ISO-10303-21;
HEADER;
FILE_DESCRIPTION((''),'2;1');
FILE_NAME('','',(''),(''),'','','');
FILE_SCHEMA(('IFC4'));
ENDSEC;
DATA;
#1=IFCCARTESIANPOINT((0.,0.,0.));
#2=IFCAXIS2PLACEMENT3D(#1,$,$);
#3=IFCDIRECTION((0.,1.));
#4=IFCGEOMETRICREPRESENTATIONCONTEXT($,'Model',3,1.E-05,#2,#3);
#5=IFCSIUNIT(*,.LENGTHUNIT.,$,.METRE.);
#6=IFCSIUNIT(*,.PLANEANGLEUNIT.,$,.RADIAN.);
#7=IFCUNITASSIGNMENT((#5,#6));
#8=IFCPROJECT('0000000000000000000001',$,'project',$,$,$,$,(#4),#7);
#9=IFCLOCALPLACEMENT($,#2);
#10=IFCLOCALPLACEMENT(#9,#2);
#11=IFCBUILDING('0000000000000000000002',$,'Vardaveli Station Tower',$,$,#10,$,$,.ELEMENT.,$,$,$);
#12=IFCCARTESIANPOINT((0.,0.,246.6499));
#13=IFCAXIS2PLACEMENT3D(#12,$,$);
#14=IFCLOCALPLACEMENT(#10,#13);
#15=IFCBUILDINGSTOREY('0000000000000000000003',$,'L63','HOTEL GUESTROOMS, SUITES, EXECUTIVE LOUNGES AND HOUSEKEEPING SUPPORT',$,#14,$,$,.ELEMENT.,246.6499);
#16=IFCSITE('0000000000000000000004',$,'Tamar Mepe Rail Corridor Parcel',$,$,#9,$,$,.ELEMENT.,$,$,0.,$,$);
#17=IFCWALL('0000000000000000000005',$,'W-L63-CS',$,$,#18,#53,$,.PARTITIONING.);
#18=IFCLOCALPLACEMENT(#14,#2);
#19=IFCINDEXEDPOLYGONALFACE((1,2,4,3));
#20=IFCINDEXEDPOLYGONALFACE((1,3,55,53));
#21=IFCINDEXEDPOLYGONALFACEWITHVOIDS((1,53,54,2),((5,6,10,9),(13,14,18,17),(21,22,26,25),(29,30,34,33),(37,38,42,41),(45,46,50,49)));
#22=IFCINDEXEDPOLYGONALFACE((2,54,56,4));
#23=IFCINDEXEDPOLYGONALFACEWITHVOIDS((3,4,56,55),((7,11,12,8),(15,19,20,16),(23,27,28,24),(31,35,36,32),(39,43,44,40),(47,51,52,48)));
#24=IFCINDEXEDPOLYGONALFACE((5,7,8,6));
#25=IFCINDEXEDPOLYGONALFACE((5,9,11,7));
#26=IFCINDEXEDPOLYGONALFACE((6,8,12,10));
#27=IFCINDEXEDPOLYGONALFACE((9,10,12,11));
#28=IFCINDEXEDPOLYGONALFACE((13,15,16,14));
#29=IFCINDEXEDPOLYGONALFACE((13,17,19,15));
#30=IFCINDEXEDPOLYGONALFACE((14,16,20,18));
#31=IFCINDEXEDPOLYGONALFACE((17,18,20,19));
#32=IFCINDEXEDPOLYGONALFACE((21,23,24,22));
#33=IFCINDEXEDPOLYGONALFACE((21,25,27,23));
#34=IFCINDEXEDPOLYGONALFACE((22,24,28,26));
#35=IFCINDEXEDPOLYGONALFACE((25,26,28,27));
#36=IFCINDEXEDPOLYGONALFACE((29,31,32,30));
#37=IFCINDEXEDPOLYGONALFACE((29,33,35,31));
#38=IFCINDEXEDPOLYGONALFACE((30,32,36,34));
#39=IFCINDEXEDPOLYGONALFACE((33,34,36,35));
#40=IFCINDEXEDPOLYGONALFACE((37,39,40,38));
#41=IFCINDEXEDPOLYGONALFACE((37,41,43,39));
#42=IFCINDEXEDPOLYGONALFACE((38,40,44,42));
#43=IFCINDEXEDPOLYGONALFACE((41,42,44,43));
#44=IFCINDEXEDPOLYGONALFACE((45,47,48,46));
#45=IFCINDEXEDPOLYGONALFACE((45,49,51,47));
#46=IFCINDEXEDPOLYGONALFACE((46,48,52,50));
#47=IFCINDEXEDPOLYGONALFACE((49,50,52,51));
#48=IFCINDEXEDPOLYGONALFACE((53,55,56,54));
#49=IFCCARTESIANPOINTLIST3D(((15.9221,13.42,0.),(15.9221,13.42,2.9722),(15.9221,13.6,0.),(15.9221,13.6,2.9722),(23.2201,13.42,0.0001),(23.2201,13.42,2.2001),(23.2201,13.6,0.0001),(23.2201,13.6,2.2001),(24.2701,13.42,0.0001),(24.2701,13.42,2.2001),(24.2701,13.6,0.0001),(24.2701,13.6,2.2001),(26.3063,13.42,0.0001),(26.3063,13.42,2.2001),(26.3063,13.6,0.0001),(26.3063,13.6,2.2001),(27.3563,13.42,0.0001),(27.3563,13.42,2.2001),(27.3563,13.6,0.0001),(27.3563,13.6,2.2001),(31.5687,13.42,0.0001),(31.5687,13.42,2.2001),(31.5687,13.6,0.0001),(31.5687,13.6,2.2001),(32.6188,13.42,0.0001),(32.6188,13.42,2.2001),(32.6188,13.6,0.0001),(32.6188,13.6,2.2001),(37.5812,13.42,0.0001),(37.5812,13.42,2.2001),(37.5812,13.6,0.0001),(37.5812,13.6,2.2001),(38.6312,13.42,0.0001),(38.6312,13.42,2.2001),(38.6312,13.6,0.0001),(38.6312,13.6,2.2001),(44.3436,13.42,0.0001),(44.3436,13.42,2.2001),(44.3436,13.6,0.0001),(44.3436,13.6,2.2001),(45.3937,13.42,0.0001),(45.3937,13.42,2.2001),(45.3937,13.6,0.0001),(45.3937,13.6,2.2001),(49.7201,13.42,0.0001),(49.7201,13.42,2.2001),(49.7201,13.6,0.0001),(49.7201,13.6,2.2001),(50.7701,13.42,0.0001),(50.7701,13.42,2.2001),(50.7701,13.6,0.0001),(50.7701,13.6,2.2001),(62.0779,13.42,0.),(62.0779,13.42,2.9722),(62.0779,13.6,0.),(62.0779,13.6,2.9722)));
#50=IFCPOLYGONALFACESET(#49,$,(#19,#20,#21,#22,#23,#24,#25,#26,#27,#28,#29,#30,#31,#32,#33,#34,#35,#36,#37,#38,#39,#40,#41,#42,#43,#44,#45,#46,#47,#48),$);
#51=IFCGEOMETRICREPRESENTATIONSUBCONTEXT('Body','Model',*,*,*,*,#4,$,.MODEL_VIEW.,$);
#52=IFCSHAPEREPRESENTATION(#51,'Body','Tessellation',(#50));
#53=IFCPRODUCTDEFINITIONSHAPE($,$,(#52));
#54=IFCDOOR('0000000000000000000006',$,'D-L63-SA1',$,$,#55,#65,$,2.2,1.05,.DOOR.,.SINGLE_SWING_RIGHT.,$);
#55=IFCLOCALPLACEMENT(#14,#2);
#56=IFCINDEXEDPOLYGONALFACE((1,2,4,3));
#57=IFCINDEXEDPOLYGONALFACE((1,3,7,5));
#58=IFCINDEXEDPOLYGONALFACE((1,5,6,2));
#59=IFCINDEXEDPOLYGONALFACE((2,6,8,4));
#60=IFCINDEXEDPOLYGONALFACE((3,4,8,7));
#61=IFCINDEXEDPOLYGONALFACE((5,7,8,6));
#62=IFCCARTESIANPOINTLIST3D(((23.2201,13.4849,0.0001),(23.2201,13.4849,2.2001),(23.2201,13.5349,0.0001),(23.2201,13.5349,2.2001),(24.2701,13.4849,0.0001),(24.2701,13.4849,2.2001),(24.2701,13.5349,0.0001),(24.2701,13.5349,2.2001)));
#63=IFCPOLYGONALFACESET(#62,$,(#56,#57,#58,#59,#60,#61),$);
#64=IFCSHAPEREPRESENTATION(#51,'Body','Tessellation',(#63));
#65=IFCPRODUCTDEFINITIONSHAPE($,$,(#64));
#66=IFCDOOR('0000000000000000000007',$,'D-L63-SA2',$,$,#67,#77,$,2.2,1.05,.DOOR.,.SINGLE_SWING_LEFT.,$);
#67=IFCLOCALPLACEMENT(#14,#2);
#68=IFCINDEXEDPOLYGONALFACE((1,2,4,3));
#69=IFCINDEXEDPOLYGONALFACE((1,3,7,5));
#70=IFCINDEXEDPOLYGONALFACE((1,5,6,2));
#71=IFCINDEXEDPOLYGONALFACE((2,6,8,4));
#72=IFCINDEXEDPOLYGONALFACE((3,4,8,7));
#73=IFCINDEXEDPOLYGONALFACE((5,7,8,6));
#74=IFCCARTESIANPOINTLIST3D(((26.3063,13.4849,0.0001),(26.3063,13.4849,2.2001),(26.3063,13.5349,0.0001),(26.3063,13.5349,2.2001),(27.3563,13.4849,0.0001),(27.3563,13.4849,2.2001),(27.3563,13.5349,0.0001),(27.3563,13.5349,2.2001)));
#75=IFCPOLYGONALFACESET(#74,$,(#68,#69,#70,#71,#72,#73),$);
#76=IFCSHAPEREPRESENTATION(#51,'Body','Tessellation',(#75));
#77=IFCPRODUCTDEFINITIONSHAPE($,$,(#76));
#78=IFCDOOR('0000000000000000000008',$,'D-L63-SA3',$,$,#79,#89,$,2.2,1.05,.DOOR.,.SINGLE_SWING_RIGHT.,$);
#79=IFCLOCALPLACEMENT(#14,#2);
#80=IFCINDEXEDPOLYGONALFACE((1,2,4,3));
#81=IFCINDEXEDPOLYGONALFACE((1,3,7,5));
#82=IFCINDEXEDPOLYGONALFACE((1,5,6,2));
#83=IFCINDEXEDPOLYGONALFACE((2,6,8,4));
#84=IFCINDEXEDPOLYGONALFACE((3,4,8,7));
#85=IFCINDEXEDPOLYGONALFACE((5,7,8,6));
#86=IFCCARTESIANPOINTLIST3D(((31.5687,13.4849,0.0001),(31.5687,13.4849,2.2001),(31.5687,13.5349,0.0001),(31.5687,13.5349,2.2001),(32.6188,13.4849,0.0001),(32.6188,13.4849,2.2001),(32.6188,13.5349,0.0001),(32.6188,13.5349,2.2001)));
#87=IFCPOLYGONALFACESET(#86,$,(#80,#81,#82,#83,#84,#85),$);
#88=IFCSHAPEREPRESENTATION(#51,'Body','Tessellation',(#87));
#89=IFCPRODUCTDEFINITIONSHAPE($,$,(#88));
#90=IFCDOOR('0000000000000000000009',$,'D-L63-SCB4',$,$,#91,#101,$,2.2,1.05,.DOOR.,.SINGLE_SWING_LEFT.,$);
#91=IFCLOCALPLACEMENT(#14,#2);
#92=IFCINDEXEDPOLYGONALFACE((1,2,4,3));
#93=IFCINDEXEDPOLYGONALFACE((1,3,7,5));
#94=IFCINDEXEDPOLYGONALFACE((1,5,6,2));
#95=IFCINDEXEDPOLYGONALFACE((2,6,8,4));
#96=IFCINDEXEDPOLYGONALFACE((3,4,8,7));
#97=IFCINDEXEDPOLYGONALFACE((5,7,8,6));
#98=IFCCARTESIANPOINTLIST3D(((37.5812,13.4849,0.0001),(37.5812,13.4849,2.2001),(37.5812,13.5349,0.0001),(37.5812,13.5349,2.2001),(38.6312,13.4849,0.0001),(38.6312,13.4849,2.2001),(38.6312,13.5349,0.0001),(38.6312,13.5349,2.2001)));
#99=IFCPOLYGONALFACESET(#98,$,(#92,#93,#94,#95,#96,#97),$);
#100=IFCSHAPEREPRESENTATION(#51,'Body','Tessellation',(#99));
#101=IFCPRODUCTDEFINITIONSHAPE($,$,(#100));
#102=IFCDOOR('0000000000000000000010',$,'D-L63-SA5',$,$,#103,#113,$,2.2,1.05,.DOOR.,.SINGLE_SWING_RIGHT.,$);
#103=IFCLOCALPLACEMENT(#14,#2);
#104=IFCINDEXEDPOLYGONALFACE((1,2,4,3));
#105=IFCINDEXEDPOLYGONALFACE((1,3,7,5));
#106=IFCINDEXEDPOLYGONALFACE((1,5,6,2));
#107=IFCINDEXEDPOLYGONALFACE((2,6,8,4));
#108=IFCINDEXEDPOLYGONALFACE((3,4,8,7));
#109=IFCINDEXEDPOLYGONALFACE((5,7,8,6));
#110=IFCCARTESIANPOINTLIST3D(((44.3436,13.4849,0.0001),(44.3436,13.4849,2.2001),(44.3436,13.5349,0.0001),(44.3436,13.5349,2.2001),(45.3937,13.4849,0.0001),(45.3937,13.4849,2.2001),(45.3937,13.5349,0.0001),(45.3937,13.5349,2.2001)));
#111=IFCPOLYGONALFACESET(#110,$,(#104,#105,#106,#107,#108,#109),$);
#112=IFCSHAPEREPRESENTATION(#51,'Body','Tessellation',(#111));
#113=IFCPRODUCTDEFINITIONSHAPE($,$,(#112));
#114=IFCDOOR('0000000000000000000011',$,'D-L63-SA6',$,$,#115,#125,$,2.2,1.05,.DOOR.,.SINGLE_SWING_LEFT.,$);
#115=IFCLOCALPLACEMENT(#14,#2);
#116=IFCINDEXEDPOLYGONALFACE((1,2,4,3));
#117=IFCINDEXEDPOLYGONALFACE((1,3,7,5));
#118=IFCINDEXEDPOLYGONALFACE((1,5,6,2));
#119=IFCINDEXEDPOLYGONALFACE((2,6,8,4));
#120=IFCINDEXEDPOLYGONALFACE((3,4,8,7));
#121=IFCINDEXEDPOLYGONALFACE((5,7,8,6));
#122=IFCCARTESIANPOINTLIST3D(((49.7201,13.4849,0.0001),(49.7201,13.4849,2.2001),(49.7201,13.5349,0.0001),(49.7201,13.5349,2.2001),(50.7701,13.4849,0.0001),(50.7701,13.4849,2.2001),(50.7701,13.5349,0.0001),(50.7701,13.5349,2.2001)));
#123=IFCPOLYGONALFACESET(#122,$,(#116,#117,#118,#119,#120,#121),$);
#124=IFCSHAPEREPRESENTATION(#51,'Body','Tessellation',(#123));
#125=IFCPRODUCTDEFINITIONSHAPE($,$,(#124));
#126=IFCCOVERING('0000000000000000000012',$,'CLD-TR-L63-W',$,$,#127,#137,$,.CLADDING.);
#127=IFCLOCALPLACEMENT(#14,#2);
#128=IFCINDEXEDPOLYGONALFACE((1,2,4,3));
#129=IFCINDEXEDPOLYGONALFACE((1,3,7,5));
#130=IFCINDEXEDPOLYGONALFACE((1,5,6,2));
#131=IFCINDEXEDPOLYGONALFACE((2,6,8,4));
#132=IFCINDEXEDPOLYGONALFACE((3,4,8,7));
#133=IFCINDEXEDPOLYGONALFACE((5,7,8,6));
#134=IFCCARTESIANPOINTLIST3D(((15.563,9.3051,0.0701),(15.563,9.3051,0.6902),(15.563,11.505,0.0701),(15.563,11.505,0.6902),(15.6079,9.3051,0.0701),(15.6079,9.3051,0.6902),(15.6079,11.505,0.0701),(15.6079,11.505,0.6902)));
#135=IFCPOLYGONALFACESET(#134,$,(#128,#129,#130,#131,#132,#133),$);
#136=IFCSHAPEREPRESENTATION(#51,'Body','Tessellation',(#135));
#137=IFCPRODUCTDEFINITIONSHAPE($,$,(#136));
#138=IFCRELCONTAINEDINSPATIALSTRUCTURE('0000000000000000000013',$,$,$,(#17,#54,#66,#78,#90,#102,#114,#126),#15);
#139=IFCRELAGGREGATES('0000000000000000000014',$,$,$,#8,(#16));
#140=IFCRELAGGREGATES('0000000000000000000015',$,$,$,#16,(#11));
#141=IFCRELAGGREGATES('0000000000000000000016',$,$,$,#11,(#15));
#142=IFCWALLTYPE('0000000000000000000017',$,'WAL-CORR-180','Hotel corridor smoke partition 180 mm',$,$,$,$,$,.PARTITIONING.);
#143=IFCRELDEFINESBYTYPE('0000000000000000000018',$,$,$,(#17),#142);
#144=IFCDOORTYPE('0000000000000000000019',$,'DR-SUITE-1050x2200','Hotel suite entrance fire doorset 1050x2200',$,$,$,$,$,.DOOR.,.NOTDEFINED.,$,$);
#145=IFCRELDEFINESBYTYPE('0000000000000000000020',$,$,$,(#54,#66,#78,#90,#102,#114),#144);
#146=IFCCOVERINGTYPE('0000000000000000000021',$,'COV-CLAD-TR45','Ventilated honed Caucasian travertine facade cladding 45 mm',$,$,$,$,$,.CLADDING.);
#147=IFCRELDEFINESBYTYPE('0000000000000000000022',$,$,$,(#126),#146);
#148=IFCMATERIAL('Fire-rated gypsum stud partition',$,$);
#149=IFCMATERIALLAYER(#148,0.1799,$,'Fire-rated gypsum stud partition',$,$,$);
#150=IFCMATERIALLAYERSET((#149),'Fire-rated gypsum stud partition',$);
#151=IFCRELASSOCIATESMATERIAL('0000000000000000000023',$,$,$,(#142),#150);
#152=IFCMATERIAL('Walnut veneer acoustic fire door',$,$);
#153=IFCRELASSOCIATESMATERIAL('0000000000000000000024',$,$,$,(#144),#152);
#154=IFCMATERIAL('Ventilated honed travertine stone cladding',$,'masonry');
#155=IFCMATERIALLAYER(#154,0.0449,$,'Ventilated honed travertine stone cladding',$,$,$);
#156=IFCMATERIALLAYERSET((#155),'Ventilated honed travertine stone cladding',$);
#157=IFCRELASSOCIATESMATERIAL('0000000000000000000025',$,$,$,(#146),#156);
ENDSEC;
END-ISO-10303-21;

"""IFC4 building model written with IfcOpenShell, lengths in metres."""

from ifc_helpers import new_model, si_unit, direction, frame, frame_2d, origin, origin_2d, place, context, subcontext, project, spatial, rectangle, extrude, source, transform, mapped, material, layer, layer_set, type_object, element, fill, save


model = new_model("IFC4")

# Units and contexts
model_context = context("Model", 3, precision=1e-05, world=origin(), true_north=direction((0.0, 1.0)))
body_context = subcontext(model_context, "Body", "Model", "MODEL_VIEW")
ifc_project = project(units=[si_unit("LENGTHUNIT", "METRE"), si_unit("PLANEANGLEUNIT", "RADIAN")], contexts=[model_context])

# Site, building, storey
site_placement = place(None, origin())
site = spatial("IfcSite", under=ifc_project, at=site_placement, Name="Tamar Mepe Rail Corridor Parcel", CompositionType="ELEMENT", RefElevation=0.0)
building_placement = place(site_placement, origin())
building = spatial("IfcBuilding", under=site, at=building_placement, Name="Vardaveli Station Tower", CompositionType="ELEMENT")
storey_placement = place(building_placement, frame((0.0, 0.0, 246.6499)))
storey = spatial("IfcBuildingStorey", under=building, at=storey_placement, Name="L63", Description="HOTEL GUESTROOMS, SUITES, EXECUTIVE LOUNGES AND HOUSEKEEPING SUPPORT", CompositionType="ELEMENT", Elevation=246.6499)

# Wall, openings, doors
ifc_material_1 = material(Name="Fire-rated gypsum stud partition")
ifc_layer_1 = layer(ifc_material_1, 0.1799, Name="Fire-rated gypsum stud partition")
ifc_layer_set_1 = layer_set([ifc_layer_1], Name="Fire-rated gypsum stud partition")
wall_type_1 = type_object("IfcWallType", Name="WAL-CORR-180", Description="Hotel corridor smoke partition 180 mm", PredefinedType="PARTITIONING", material=ifc_layer_set_1)
shared_shape_1 = source(origin(), body_context, "Body", "SweptSolid", [
    extrude(rectangle(XDim=46.1558, YDim=0.1799, at=frame_2d((23.0779, 0.0))), origin(), (0.0, 0.0, 1.0), 2.9722),
])
wall_1_placement = place(storey_placement, frame((15.9221, 13.51, 0.0), z_axis=(0.0, 0.0, 1.0), x_axis=(1.0, 0.0, 0.0)))
wall_1 = element("IfcWall", 1, at=wall_1_placement, inside=storey, type_object=wall_type_1, Name="W-L63-CS", PredefinedType="PARTITIONING", context=body_context, shape_type="MappedRepresentation", body=[
    mapped(shared_shape_1, transform((0.0, 0.0, 0.0), scale=1.0)),
])
shared_shape_2 = source(origin(), body_context, "Body", "SweptSolid", [
    extrude(rectangle(XDim=1.05, YDim=2.2, at=frame_2d((0.5249, 1.1001))), frame((0.0, 0.1001, 0.0), z_axis=(0.0, -1.0, 0.0), x_axis=(1.0, 0.0, 0.0)), (0.0, 0.0, 1.0), 0.2),
])
opening_1_placement = place(wall_1_placement, frame((7.2981, 0.0, 0.0)))
opening_1 = element("IfcOpeningElement", 2, at=opening_1_placement, cuts=wall_1, PredefinedType="OPENING", context=body_context, shape_type="MappedRepresentation", body=[
    mapped(shared_shape_2, transform((0.0, 0.0, 0.0), scale=1.0)),
])
opening_2_placement = place(wall_1_placement, frame((10.3843, 0.0, 0.0)))
opening_2 = element("IfcOpeningElement", 3, at=opening_2_placement, cuts=wall_1, PredefinedType="OPENING", context=body_context, shape_type="MappedRepresentation", body=[
    mapped(shared_shape_2, transform((0.0, 0.0, 0.0), scale=1.0)),
])
opening_3_placement = place(wall_1_placement, frame((15.6467, 0.0, 0.0)))
opening_3 = element("IfcOpeningElement", 4, at=opening_3_placement, cuts=wall_1, PredefinedType="OPENING", context=body_context, shape_type="MappedRepresentation", body=[
    mapped(shared_shape_2, transform((0.0, 0.0, 0.0), scale=1.0)),
])
opening_4_placement = place(wall_1_placement, frame((21.6592, 0.0, 0.0)))
opening_4 = element("IfcOpeningElement", 5, at=opening_4_placement, cuts=wall_1, PredefinedType="OPENING", context=body_context, shape_type="MappedRepresentation", body=[
    mapped(shared_shape_2, transform((0.0, 0.0, 0.0), scale=1.0)),
])
opening_5_placement = place(wall_1_placement, frame((28.4216, 0.0, 0.0)))
opening_5 = element("IfcOpeningElement", 6, at=opening_5_placement, cuts=wall_1, PredefinedType="OPENING", context=body_context, shape_type="MappedRepresentation", body=[
    mapped(shared_shape_2, transform((0.0, 0.0, 0.0), scale=1.0)),
])
opening_6_placement = place(wall_1_placement, frame((33.7981, 0.0, 0.0)))
opening_6 = element("IfcOpeningElement", 7, at=opening_6_placement, cuts=wall_1, PredefinedType="OPENING", context=body_context, shape_type="MappedRepresentation", body=[
    mapped(shared_shape_2, transform((0.0, 0.0, 0.0), scale=1.0)),
])
ifc_material_2 = material(Name="Walnut veneer acoustic fire door")
door_type = type_object("IfcDoorType", Name="DR-SUITE-1050x2200", Description="Hotel suite entrance fire doorset 1050x2200", OperationType="NOTDEFINED", PredefinedType="DOOR", material=ifc_material_2)
shared_shape_3 = source(origin(), body_context, "Body", "SweptSolid", [
    extrude(rectangle(XDim=1.05, YDim=2.2, at=frame_2d((0.5249, 1.1001))), frame((0.0, 0.0249, 0.0), z_axis=(0.0, -1.0, 0.0), x_axis=(1.0, 0.0, 0.0)), (0.0, 0.0, 1.0), 0.05),
])
door_1_placement = place(opening_1_placement, origin())
door_1 = element("IfcDoor", 8, at=door_1_placement, inside=storey, type_object=door_type, Name="D-L63-SA1", OperationType="SINGLE_SWING_RIGHT", OverallHeight=2.2, OverallWidth=1.05, PredefinedType="DOOR", context=body_context, shape_type="MappedRepresentation", body=[
    mapped(shared_shape_3, transform((0.0, 0.0, 0.0), scale=1.0)),
])
fill(opening_1, door_1)
door_2_placement = place(opening_2_placement, origin())
door_2 = element("IfcDoor", 9, at=door_2_placement, inside=storey, type_object=door_type, Name="D-L63-SA2", OperationType="SINGLE_SWING_LEFT", OverallHeight=2.2, OverallWidth=1.05, PredefinedType="DOOR", context=body_context, shape_type="MappedRepresentation", body=[
    mapped(shared_shape_3, transform((0.0, 0.0, 0.0), scale=1.0)),
])
fill(opening_2, door_2)
door_3_placement = place(opening_3_placement, origin())
door_3 = element("IfcDoor", 10, at=door_3_placement, inside=storey, type_object=door_type, Name="D-L63-SA3", OperationType="SINGLE_SWING_RIGHT", OverallHeight=2.2, OverallWidth=1.05, PredefinedType="DOOR", context=body_context, shape_type="MappedRepresentation", body=[
    mapped(shared_shape_3, transform((0.0, 0.0, 0.0), scale=1.0)),
])
fill(opening_3, door_3)
door_4_placement = place(opening_4_placement, origin())
door_4 = element("IfcDoor", 11, at=door_4_placement, inside=storey, type_object=door_type, Name="D-L63-SCB4", OperationType="SINGLE_SWING_LEFT", OverallHeight=2.2, OverallWidth=1.05, PredefinedType="DOOR", context=body_context, shape_type="MappedRepresentation", body=[
    mapped(shared_shape_3, transform((0.0, 0.0, 0.0), scale=1.0)),
])
fill(opening_4, door_4)
door_5_placement = place(opening_5_placement, origin())
door_5 = element("IfcDoor", 12, at=door_5_placement, inside=storey, type_object=door_type, Name="D-L63-SA5", OperationType="SINGLE_SWING_RIGHT", OverallHeight=2.2, OverallWidth=1.05, PredefinedType="DOOR", context=body_context, shape_type="MappedRepresentation", body=[
    mapped(shared_shape_3, transform((0.0, 0.0, 0.0), scale=1.0)),
])
fill(opening_5, door_5)
door_6_placement = place(opening_6_placement, origin())
door_6 = element("IfcDoor", 13, at=door_6_placement, inside=storey, type_object=door_type, Name="D-L63-SA6", OperationType="SINGLE_SWING_LEFT", OverallHeight=2.2, OverallWidth=1.05, PredefinedType="DOOR", context=body_context, shape_type="MappedRepresentation", body=[
    mapped(shared_shape_3, transform((0.0, 0.0, 0.0), scale=1.0)),
])
fill(opening_6, door_6)

# Covering
ifc_material_3 = material(Name="Ventilated honed travertine stone cladding", Category="masonry")
ifc_layer_2 = layer(ifc_material_3, 0.0449, Name="Ventilated honed travertine stone cladding")
ifc_layer_set_2 = layer_set([ifc_layer_2], Name="Ventilated honed travertine stone cladding")
covering_type = type_object("IfcCoveringType", Name="COV-CLAD-TR45", Description="Ventilated honed Caucasian travertine facade cladding 45 mm", PredefinedType="CLADDING", material=ifc_layer_set_2)
shared_shape_4 = source(origin(), body_context, "Body", "SweptSolid", [
    extrude(rectangle(XDim=2.2, YDim=0.0449, at=origin_2d()), origin(), (0.0, 0.0, 1.0), 0.6201),
])
covering_placement = place(storey_placement, frame((15.5854, 10.405, 0.0701), z_axis=(0.0, 0.0, 1.0), x_axis=(0.0, 1.0, 0.0)))
element("IfcCovering", 14, at=covering_placement, inside=storey, type_object=covering_type, Name="CLD-TR-L63-W", PredefinedType="CLADDING", context=body_context, shape_type="MappedRepresentation", body=[
    mapped(shared_shape_4, transform((0.0, 0.0, 0.0), scale=1.0)),
])

save(model, "model.ifc")
